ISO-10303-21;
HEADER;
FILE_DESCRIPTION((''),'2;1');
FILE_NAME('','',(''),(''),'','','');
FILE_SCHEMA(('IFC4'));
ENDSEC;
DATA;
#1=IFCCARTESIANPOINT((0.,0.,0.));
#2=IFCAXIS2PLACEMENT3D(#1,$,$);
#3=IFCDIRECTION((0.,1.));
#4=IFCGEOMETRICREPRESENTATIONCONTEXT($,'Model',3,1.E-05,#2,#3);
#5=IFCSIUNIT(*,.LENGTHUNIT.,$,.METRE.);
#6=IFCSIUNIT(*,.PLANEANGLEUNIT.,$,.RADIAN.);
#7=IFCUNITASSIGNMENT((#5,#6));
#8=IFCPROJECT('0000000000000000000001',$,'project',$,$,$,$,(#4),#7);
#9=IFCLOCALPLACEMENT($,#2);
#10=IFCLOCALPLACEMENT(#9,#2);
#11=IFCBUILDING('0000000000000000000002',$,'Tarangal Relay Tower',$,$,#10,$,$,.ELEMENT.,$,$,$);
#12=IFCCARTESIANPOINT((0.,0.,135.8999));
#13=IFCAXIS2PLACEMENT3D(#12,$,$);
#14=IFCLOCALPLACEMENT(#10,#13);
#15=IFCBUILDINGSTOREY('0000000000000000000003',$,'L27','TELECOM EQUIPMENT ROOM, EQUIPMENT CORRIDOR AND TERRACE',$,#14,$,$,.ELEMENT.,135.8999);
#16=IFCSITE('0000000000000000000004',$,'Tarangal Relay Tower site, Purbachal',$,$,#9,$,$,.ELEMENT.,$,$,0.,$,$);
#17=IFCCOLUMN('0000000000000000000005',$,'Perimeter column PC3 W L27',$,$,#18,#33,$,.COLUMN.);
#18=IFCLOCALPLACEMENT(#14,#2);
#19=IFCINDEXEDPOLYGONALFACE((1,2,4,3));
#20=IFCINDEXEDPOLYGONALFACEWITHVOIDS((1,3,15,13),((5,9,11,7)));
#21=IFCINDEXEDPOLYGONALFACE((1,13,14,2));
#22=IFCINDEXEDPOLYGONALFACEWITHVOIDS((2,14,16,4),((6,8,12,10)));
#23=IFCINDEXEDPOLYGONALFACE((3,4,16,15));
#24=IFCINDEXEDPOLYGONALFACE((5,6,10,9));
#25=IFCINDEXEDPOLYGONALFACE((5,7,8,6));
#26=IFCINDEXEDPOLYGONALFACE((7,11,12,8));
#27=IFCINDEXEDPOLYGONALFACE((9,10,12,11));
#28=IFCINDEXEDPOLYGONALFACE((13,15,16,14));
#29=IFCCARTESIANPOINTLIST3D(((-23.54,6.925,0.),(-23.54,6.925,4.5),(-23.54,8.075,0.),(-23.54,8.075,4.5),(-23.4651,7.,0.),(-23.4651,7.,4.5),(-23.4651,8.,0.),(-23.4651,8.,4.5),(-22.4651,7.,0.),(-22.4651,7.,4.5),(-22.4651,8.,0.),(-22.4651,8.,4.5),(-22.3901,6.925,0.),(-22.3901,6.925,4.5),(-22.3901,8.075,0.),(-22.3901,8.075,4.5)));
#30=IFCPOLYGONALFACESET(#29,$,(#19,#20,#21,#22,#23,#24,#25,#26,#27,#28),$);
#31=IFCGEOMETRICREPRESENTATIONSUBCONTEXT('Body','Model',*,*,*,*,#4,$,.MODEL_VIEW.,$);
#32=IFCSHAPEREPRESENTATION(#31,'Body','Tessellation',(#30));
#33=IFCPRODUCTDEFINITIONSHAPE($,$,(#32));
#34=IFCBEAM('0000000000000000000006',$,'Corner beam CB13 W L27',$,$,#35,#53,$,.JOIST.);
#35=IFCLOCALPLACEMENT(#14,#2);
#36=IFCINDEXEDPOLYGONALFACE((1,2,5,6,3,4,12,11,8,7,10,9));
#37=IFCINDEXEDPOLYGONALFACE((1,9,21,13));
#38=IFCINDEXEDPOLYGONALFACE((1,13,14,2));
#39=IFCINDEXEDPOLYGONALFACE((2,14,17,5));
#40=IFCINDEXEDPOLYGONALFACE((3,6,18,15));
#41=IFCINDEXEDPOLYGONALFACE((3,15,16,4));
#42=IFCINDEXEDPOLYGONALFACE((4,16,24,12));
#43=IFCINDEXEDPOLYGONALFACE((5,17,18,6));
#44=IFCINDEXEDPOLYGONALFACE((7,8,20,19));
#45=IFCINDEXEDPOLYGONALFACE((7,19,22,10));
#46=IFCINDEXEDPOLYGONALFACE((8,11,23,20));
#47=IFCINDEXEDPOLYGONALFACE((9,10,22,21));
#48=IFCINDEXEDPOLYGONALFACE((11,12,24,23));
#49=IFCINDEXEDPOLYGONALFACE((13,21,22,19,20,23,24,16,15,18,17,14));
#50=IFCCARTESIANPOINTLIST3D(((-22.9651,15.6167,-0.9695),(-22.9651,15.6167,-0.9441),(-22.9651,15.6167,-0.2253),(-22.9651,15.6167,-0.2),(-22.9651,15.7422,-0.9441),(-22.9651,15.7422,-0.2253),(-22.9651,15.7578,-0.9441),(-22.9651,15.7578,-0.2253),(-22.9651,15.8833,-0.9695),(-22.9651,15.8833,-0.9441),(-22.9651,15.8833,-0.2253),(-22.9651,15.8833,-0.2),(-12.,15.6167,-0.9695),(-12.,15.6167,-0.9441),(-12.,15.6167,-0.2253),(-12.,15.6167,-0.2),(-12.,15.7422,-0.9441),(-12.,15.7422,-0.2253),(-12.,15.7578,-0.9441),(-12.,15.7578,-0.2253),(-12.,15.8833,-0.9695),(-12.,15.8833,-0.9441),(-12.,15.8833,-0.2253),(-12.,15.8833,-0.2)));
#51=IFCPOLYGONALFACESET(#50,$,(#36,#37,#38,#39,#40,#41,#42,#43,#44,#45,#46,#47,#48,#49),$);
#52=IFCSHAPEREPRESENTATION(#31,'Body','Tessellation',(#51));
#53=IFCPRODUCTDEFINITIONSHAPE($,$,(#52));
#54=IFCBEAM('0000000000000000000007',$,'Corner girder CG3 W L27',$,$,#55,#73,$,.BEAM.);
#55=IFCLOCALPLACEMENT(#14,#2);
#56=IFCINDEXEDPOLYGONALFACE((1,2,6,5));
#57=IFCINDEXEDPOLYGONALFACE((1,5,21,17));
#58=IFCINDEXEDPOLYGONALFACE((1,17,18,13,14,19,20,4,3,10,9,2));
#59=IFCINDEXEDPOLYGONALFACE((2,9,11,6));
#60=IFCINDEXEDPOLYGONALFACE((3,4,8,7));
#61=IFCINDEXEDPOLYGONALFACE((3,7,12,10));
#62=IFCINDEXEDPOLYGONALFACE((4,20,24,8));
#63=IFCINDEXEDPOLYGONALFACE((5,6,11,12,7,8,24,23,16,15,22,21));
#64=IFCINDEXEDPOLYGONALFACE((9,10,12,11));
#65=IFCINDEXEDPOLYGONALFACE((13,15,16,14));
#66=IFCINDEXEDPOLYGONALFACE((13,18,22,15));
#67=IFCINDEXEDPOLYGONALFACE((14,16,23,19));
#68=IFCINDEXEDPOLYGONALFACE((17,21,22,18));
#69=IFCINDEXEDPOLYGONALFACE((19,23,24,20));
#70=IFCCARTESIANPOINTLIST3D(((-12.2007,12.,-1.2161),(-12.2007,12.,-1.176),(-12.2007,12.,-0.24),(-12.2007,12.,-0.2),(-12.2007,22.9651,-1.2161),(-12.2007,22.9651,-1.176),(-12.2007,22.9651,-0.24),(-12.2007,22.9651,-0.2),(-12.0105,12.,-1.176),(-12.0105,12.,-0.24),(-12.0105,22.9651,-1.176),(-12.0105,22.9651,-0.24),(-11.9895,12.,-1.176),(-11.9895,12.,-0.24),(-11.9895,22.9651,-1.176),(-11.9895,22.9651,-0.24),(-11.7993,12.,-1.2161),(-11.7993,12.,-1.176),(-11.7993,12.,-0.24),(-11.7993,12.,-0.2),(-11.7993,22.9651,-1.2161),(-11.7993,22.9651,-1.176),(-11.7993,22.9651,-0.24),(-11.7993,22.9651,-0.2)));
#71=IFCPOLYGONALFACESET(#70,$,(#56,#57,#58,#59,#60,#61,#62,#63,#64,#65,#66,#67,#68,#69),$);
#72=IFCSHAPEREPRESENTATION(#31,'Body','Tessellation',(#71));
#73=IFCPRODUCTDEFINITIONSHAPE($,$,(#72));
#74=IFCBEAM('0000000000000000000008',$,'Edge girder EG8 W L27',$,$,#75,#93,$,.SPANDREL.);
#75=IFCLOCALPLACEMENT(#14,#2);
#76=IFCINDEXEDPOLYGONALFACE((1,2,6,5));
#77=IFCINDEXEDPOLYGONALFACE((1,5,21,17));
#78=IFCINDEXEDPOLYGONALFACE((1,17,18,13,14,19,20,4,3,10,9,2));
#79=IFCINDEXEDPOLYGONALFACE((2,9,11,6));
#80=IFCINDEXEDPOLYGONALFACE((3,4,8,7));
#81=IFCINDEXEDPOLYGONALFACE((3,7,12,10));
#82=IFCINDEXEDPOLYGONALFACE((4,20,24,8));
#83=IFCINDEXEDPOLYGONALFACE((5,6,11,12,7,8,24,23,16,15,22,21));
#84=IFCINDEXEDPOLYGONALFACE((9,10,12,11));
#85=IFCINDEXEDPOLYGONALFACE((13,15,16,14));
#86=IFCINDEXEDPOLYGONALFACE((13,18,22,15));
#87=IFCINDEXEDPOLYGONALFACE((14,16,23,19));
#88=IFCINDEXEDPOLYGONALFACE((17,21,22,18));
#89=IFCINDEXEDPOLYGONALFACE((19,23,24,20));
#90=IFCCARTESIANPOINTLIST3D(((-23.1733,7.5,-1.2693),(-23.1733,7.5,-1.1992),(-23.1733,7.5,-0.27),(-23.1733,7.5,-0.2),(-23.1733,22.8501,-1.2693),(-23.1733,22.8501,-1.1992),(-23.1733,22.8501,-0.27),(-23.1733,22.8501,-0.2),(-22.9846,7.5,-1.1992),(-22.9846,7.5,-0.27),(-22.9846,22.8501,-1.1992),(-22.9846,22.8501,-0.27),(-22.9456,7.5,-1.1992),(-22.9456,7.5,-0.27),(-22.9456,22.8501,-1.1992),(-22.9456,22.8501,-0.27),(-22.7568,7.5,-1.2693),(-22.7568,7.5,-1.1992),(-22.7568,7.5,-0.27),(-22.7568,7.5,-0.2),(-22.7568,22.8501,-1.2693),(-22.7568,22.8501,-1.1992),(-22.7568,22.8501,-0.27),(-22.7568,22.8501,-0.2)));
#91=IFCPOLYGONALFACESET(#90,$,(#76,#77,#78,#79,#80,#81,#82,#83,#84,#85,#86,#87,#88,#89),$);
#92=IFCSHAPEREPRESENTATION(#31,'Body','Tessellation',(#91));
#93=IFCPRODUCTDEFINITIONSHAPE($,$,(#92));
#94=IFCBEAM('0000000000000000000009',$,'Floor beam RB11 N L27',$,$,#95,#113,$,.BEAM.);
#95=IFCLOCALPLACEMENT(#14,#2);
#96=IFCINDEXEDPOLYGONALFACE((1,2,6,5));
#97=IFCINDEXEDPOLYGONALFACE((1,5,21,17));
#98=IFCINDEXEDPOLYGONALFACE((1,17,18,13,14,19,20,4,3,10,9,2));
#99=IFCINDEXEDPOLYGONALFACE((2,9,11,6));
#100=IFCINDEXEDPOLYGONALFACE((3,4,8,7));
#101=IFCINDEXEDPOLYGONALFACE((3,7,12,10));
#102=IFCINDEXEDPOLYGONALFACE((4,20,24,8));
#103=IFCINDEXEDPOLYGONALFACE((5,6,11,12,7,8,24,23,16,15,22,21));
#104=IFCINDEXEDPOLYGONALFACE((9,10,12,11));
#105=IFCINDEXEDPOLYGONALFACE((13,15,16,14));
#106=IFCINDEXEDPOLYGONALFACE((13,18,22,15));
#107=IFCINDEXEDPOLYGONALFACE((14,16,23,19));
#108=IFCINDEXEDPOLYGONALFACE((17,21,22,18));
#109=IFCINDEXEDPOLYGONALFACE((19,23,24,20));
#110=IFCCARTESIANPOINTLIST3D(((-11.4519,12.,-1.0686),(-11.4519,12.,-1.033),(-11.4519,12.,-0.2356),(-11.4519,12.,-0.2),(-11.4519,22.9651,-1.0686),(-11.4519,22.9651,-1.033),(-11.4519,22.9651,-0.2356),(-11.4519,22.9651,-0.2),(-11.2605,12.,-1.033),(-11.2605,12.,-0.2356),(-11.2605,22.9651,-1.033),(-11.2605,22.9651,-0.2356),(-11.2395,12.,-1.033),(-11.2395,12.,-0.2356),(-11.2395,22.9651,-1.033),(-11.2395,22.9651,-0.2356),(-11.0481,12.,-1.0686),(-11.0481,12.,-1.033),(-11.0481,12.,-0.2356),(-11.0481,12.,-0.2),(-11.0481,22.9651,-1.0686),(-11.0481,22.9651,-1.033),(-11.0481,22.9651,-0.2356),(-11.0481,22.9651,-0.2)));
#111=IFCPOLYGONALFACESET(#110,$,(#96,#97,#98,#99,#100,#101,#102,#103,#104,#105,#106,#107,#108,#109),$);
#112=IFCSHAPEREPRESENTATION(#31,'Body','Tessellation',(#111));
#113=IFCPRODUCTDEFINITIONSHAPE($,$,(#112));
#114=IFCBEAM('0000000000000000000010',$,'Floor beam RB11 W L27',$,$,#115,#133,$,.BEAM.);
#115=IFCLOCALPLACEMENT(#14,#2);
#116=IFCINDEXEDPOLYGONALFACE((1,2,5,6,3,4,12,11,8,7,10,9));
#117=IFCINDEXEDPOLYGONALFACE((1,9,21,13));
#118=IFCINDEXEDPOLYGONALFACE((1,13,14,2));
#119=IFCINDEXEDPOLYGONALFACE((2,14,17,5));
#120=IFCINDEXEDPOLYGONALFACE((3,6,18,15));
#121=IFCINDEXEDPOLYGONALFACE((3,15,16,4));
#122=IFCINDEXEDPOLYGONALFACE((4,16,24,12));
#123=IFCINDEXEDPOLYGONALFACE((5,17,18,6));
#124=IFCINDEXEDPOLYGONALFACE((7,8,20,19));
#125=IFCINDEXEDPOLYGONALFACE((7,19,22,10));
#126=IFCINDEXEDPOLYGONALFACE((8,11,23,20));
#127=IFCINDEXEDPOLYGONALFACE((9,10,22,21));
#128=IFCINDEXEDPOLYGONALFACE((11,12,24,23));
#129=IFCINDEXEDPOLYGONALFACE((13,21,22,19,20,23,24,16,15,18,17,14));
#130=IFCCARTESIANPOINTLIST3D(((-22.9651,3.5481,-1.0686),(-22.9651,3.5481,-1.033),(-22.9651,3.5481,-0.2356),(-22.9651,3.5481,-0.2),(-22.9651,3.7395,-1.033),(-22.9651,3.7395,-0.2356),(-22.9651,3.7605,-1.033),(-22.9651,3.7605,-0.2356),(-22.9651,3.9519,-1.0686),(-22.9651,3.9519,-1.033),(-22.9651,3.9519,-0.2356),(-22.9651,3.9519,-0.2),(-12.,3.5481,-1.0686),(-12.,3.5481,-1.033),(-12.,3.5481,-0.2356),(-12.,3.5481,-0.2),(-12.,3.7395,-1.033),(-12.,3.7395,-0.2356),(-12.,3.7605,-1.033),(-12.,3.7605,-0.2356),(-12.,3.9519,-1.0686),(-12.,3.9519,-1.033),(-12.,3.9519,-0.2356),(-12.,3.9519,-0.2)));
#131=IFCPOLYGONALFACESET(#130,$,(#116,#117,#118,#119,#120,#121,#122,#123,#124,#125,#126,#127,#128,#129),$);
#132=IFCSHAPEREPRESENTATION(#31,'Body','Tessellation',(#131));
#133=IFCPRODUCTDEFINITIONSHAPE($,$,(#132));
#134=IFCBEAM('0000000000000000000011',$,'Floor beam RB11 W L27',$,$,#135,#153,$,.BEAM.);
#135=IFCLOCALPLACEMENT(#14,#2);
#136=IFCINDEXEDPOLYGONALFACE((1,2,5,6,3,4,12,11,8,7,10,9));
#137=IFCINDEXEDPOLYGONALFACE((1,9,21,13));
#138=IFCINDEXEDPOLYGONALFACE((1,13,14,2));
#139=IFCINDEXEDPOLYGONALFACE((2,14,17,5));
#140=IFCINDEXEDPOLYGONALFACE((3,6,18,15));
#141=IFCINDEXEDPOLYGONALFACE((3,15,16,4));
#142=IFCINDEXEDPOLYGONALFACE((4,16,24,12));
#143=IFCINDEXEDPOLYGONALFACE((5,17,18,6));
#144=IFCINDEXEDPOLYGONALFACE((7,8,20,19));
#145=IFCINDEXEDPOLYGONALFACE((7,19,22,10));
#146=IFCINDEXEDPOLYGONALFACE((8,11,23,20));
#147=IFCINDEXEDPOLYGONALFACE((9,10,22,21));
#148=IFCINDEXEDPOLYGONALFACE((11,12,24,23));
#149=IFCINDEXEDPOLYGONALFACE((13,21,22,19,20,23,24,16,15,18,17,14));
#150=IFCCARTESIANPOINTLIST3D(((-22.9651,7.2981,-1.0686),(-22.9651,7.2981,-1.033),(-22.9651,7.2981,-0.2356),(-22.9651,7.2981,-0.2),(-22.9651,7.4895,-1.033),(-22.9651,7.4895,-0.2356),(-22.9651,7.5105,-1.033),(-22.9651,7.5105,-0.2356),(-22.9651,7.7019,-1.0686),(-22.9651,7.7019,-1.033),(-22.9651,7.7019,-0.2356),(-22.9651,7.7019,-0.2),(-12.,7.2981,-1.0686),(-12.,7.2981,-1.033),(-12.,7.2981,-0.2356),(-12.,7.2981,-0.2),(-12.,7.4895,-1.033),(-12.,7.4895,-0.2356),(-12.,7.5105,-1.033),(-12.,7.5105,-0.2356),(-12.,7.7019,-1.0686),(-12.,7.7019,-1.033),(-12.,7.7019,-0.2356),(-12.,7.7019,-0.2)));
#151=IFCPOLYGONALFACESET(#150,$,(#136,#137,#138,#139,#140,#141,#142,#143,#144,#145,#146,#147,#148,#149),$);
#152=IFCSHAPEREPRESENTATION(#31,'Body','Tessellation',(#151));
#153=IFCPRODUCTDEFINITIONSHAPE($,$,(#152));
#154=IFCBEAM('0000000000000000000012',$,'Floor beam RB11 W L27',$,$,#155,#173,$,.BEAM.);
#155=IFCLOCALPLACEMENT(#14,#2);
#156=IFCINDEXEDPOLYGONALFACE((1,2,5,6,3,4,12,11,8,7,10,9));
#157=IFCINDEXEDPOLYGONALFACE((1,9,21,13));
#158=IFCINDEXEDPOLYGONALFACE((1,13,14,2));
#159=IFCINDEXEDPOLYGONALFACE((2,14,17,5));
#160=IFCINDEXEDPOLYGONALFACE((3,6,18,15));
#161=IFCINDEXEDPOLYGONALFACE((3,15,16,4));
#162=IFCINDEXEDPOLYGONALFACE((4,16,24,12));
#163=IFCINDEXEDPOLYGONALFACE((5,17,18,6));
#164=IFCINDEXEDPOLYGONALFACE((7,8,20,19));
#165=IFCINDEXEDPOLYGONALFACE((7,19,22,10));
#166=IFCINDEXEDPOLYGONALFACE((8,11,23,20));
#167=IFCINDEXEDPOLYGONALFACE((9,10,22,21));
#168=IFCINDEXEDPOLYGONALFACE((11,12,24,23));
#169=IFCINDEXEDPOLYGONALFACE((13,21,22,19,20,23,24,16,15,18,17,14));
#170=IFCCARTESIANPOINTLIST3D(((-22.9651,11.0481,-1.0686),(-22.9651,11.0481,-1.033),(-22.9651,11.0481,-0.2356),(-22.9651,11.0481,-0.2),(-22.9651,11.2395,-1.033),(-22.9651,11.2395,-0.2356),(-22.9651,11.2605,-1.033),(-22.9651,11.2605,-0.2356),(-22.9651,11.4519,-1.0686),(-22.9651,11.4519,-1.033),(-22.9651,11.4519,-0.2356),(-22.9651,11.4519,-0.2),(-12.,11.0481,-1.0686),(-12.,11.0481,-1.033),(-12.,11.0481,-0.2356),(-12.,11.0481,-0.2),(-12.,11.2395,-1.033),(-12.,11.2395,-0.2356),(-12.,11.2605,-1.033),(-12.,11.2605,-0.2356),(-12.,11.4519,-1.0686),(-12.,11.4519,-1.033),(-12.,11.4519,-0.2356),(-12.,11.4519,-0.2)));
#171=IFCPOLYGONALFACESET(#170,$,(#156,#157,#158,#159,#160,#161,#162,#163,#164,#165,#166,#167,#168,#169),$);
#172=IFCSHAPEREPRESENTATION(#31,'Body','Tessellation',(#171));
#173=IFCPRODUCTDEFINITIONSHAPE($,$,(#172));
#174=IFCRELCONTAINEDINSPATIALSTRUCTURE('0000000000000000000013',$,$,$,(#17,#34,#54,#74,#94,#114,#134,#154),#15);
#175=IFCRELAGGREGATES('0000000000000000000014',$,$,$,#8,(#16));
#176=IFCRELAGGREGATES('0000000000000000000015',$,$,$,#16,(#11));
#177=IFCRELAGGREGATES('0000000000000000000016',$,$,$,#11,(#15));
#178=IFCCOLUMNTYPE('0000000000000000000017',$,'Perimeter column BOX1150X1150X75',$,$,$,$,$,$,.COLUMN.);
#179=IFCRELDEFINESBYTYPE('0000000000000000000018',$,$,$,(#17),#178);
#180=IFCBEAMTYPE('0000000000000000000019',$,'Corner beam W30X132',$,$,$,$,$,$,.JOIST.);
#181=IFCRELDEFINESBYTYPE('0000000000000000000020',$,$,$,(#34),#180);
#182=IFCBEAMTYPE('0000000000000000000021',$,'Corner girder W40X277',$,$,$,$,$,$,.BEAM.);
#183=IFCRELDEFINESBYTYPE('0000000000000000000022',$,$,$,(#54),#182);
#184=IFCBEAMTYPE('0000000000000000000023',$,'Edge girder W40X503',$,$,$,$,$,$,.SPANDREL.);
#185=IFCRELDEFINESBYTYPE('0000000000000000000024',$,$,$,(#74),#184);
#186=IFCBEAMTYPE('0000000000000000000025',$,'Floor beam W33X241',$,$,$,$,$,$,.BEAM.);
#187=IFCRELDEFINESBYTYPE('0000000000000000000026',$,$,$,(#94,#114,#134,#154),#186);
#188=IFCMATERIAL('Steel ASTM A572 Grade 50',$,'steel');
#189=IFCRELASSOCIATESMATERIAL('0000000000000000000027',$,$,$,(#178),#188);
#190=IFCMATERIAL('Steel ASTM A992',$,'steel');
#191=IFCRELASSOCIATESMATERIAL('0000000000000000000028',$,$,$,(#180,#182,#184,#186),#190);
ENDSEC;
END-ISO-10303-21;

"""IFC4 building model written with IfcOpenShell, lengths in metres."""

from ifc_helpers import new_model, si_unit, direction, frame, origin, origin_2d, place, context, subcontext, project, spatial, hollow_rectangle, i_section, extrude, material, material_profile, profile_set, type_object, element, save


model = new_model("IFC4")

# Units and contexts
model_context = context("Model", 3, precision=1e-05, world=origin(), true_north=direction((0.0, 1.0)))
body_context = subcontext(model_context, "Body", "Model", "MODEL_VIEW")
ifc_project = project(units=[si_unit("LENGTHUNIT", "METRE"), si_unit("PLANEANGLEUNIT", "RADIAN")], contexts=[model_context])

# Site, building, storey
site_placement = place(None, origin())
site = spatial("IfcSite", under=ifc_project, at=site_placement, Name="Tarangal Relay Tower site, Purbachal", CompositionType="ELEMENT", RefElevation=0.0)
building_placement = place(site_placement, origin())
building = spatial("IfcBuilding", under=site, at=building_placement, Name="Tarangal Relay Tower", CompositionType="ELEMENT")
storey_placement = place(building_placement, frame((0.0, 0.0, 135.8999)))
storey = spatial("IfcBuildingStorey", under=building, at=storey_placement, Name="L27", Description="TELECOM EQUIPMENT ROOM, EQUIPMENT CORRIDOR AND TERRACE", CompositionType="ELEMENT", Elevation=135.8999)

# Column
ifc_material_1 = material(Name="Steel ASTM A572 Grade 50", Category="steel")
ifc_material_profile_1 = material_profile(ifc_material_1, hollow_rectangle(XDim=1.1499, YDim=1.1499, WallThickness=0.075, at=origin_2d()), Name="BOX1150X1150X75")
ifc_profile_set_1 = profile_set([ifc_material_profile_1], Name="Steel ASTM A572 Grade 50")
column_type = type_object("IfcColumnType", Name="Perimeter column BOX1150X1150X75", PredefinedType="COLUMN", material=ifc_profile_set_1)
column_placement = place(storey_placement, frame((-22.9651, 7.5, 0.0), z_axis=(0.0, 0.0, 1.0), x_axis=(1.0, 0.0, 0.0)))
element("IfcColumn", 1, at=column_placement, inside=storey, type_object=column_type, Name="Perimeter column PC3 W L27", PredefinedType="COLUMN", context=body_context, shape_type="SweptSolid", body=[
    extrude(hollow_rectangle(XDim=1.1499, YDim=1.1499, WallThickness=0.075, at=origin_2d()), origin(), (0.0, 0.0, 1.0), 4.5),
])

# Beams
ifc_material_2 = material(Name="Steel ASTM A992", Category="steel")
ifc_material_profile_2 = material_profile(ifc_material_2, i_section(OverallWidth=0.2666, OverallDepth=0.7695, WebThickness=0.0156, FlangeThickness=0.0254, at=origin_2d()), Name="W30X132")
ifc_profile_set_2 = profile_set([ifc_material_profile_2], Name="Steel ASTM A992")
beam_type_1 = type_object("IfcBeamType", Name="Corner beam W30X132", PredefinedType="JOIST", material=ifc_profile_set_2)
beam_1_placement = place(storey_placement, frame((-12.0, 15.75, -0.5847), z_axis=(-1.0, 0.0, 0.0), x_axis=(0.0, -1.0, 0.0)))
element("IfcBeam", 2, at=beam_1_placement, inside=storey, type_object=beam_type_1, Name="Corner beam CB13 W L27", PredefinedType="JOIST", context=body_context, shape_type="SweptSolid", body=[
    extrude(i_section(OverallWidth=0.2666, OverallDepth=0.7695, WebThickness=0.0156, FlangeThickness=0.0254, at=origin_2d()), origin(), (0.0, 0.0, 1.0), 10.9651),
])
ifc_material_profile_3 = material_profile(ifc_material_2, i_section(OverallWidth=0.4014, OverallDepth=1.0161, WebThickness=0.021, FlangeThickness=0.04, at=origin_2d()), Name="W40X277")
ifc_profile_set_3 = profile_set([ifc_material_profile_3], Name="Steel ASTM A992")
beam_type_2 = type_object("IfcBeamType", Name="Corner girder W40X277", PredefinedType="BEAM", material=ifc_profile_set_3)
beam_2_placement = place(storey_placement, frame((-12.0, 12.0, -0.708), z_axis=(0.0, 1.0, 0.0), x_axis=(-1.0, 0.0, 0.0)))
element("IfcBeam", 3, at=beam_2_placement, inside=storey, type_object=beam_type_2, Name="Corner girder CG3 W L27", PredefinedType="BEAM", context=body_context, shape_type="SweptSolid", body=[
    extrude(i_section(OverallWidth=0.4014, OverallDepth=1.0161, WebThickness=0.021, FlangeThickness=0.04, at=origin_2d()), origin(), (0.0, 0.0, 1.0), 10.9651),
])
ifc_material_profile_4 = material_profile(ifc_material_2, i_section(OverallWidth=0.4165, OverallDepth=1.0693, WebThickness=0.0391, FlangeThickness=0.0701, at=origin_2d()), Name="W40X503")
ifc_profile_set_4 = profile_set([ifc_material_profile_4], Name="Steel ASTM A992")
beam_type_3 = type_object("IfcBeamType", Name="Edge girder W40X503", PredefinedType="SPANDREL", material=ifc_profile_set_4)
beam_3_placement = place(storey_placement, frame((-22.9651, 7.5, -0.7346), z_axis=(0.0, 1.0, 0.0), x_axis=(-1.0, 0.0, 0.0)))
element("IfcBeam", 4, at=beam_3_placement, inside=storey, type_object=beam_type_3, Name="Edge girder EG8 W L27", PredefinedType="SPANDREL", context=body_context, shape_type="SweptSolid", body=[
    extrude(i_section(OverallWidth=0.4165, OverallDepth=1.0693, WebThickness=0.0391, FlangeThickness=0.0701, at=origin_2d()), origin(), (0.0, 0.0, 1.0), 15.3501),
])
ifc_material_profile_5 = material_profile(ifc_material_2, i_section(OverallWidth=0.4038, OverallDepth=0.8687, WebThickness=0.021, FlangeThickness=0.0356, at=origin_2d()), Name="W33X241")
ifc_profile_set_5 = profile_set([ifc_material_profile_5], Name="Steel ASTM A992")
beam_type_4 = type_object("IfcBeamType", Name="Floor beam W33X241", PredefinedType="BEAM", material=ifc_profile_set_5)
for number, where, z_axis, x_axis, name in (
    (5, (-11.25, 12.0, -0.6343), (0.0, 1.0, 0.0), (-1.0, 0.0, 0.0), "Floor beam RB11 N L27"),
    (6, (-12.0, 3.75, -0.6343), (-1.0, 0.0, 0.0), (0.0, -1.0, 0.0), "Floor beam RB11 W L27"),
    (7, (-12.0, 7.5, -0.6343), (-1.0, 0.0, 0.0), (0.0, -1.0, 0.0), "Floor beam RB11 W L27"),
    (8, (-12.0, 11.25, -0.6343), (-1.0, 0.0, 0.0), (0.0, -1.0, 0.0), "Floor beam RB11 W L27"),
):
    element("IfcBeam", number, at=place(storey_placement, frame(where, z_axis=z_axis, x_axis=x_axis)), inside=storey, type_object=beam_type_4, Name=name, PredefinedType="BEAM", context=body_context, shape_type="SweptSolid", body=[
        extrude(i_section(OverallWidth=0.4038, OverallDepth=0.8687, WebThickness=0.021, FlangeThickness=0.0356, at=origin_2d()), origin(), (0.0, 0.0, 1.0), 10.9651),
    ])

save(model, "model.ifc")
